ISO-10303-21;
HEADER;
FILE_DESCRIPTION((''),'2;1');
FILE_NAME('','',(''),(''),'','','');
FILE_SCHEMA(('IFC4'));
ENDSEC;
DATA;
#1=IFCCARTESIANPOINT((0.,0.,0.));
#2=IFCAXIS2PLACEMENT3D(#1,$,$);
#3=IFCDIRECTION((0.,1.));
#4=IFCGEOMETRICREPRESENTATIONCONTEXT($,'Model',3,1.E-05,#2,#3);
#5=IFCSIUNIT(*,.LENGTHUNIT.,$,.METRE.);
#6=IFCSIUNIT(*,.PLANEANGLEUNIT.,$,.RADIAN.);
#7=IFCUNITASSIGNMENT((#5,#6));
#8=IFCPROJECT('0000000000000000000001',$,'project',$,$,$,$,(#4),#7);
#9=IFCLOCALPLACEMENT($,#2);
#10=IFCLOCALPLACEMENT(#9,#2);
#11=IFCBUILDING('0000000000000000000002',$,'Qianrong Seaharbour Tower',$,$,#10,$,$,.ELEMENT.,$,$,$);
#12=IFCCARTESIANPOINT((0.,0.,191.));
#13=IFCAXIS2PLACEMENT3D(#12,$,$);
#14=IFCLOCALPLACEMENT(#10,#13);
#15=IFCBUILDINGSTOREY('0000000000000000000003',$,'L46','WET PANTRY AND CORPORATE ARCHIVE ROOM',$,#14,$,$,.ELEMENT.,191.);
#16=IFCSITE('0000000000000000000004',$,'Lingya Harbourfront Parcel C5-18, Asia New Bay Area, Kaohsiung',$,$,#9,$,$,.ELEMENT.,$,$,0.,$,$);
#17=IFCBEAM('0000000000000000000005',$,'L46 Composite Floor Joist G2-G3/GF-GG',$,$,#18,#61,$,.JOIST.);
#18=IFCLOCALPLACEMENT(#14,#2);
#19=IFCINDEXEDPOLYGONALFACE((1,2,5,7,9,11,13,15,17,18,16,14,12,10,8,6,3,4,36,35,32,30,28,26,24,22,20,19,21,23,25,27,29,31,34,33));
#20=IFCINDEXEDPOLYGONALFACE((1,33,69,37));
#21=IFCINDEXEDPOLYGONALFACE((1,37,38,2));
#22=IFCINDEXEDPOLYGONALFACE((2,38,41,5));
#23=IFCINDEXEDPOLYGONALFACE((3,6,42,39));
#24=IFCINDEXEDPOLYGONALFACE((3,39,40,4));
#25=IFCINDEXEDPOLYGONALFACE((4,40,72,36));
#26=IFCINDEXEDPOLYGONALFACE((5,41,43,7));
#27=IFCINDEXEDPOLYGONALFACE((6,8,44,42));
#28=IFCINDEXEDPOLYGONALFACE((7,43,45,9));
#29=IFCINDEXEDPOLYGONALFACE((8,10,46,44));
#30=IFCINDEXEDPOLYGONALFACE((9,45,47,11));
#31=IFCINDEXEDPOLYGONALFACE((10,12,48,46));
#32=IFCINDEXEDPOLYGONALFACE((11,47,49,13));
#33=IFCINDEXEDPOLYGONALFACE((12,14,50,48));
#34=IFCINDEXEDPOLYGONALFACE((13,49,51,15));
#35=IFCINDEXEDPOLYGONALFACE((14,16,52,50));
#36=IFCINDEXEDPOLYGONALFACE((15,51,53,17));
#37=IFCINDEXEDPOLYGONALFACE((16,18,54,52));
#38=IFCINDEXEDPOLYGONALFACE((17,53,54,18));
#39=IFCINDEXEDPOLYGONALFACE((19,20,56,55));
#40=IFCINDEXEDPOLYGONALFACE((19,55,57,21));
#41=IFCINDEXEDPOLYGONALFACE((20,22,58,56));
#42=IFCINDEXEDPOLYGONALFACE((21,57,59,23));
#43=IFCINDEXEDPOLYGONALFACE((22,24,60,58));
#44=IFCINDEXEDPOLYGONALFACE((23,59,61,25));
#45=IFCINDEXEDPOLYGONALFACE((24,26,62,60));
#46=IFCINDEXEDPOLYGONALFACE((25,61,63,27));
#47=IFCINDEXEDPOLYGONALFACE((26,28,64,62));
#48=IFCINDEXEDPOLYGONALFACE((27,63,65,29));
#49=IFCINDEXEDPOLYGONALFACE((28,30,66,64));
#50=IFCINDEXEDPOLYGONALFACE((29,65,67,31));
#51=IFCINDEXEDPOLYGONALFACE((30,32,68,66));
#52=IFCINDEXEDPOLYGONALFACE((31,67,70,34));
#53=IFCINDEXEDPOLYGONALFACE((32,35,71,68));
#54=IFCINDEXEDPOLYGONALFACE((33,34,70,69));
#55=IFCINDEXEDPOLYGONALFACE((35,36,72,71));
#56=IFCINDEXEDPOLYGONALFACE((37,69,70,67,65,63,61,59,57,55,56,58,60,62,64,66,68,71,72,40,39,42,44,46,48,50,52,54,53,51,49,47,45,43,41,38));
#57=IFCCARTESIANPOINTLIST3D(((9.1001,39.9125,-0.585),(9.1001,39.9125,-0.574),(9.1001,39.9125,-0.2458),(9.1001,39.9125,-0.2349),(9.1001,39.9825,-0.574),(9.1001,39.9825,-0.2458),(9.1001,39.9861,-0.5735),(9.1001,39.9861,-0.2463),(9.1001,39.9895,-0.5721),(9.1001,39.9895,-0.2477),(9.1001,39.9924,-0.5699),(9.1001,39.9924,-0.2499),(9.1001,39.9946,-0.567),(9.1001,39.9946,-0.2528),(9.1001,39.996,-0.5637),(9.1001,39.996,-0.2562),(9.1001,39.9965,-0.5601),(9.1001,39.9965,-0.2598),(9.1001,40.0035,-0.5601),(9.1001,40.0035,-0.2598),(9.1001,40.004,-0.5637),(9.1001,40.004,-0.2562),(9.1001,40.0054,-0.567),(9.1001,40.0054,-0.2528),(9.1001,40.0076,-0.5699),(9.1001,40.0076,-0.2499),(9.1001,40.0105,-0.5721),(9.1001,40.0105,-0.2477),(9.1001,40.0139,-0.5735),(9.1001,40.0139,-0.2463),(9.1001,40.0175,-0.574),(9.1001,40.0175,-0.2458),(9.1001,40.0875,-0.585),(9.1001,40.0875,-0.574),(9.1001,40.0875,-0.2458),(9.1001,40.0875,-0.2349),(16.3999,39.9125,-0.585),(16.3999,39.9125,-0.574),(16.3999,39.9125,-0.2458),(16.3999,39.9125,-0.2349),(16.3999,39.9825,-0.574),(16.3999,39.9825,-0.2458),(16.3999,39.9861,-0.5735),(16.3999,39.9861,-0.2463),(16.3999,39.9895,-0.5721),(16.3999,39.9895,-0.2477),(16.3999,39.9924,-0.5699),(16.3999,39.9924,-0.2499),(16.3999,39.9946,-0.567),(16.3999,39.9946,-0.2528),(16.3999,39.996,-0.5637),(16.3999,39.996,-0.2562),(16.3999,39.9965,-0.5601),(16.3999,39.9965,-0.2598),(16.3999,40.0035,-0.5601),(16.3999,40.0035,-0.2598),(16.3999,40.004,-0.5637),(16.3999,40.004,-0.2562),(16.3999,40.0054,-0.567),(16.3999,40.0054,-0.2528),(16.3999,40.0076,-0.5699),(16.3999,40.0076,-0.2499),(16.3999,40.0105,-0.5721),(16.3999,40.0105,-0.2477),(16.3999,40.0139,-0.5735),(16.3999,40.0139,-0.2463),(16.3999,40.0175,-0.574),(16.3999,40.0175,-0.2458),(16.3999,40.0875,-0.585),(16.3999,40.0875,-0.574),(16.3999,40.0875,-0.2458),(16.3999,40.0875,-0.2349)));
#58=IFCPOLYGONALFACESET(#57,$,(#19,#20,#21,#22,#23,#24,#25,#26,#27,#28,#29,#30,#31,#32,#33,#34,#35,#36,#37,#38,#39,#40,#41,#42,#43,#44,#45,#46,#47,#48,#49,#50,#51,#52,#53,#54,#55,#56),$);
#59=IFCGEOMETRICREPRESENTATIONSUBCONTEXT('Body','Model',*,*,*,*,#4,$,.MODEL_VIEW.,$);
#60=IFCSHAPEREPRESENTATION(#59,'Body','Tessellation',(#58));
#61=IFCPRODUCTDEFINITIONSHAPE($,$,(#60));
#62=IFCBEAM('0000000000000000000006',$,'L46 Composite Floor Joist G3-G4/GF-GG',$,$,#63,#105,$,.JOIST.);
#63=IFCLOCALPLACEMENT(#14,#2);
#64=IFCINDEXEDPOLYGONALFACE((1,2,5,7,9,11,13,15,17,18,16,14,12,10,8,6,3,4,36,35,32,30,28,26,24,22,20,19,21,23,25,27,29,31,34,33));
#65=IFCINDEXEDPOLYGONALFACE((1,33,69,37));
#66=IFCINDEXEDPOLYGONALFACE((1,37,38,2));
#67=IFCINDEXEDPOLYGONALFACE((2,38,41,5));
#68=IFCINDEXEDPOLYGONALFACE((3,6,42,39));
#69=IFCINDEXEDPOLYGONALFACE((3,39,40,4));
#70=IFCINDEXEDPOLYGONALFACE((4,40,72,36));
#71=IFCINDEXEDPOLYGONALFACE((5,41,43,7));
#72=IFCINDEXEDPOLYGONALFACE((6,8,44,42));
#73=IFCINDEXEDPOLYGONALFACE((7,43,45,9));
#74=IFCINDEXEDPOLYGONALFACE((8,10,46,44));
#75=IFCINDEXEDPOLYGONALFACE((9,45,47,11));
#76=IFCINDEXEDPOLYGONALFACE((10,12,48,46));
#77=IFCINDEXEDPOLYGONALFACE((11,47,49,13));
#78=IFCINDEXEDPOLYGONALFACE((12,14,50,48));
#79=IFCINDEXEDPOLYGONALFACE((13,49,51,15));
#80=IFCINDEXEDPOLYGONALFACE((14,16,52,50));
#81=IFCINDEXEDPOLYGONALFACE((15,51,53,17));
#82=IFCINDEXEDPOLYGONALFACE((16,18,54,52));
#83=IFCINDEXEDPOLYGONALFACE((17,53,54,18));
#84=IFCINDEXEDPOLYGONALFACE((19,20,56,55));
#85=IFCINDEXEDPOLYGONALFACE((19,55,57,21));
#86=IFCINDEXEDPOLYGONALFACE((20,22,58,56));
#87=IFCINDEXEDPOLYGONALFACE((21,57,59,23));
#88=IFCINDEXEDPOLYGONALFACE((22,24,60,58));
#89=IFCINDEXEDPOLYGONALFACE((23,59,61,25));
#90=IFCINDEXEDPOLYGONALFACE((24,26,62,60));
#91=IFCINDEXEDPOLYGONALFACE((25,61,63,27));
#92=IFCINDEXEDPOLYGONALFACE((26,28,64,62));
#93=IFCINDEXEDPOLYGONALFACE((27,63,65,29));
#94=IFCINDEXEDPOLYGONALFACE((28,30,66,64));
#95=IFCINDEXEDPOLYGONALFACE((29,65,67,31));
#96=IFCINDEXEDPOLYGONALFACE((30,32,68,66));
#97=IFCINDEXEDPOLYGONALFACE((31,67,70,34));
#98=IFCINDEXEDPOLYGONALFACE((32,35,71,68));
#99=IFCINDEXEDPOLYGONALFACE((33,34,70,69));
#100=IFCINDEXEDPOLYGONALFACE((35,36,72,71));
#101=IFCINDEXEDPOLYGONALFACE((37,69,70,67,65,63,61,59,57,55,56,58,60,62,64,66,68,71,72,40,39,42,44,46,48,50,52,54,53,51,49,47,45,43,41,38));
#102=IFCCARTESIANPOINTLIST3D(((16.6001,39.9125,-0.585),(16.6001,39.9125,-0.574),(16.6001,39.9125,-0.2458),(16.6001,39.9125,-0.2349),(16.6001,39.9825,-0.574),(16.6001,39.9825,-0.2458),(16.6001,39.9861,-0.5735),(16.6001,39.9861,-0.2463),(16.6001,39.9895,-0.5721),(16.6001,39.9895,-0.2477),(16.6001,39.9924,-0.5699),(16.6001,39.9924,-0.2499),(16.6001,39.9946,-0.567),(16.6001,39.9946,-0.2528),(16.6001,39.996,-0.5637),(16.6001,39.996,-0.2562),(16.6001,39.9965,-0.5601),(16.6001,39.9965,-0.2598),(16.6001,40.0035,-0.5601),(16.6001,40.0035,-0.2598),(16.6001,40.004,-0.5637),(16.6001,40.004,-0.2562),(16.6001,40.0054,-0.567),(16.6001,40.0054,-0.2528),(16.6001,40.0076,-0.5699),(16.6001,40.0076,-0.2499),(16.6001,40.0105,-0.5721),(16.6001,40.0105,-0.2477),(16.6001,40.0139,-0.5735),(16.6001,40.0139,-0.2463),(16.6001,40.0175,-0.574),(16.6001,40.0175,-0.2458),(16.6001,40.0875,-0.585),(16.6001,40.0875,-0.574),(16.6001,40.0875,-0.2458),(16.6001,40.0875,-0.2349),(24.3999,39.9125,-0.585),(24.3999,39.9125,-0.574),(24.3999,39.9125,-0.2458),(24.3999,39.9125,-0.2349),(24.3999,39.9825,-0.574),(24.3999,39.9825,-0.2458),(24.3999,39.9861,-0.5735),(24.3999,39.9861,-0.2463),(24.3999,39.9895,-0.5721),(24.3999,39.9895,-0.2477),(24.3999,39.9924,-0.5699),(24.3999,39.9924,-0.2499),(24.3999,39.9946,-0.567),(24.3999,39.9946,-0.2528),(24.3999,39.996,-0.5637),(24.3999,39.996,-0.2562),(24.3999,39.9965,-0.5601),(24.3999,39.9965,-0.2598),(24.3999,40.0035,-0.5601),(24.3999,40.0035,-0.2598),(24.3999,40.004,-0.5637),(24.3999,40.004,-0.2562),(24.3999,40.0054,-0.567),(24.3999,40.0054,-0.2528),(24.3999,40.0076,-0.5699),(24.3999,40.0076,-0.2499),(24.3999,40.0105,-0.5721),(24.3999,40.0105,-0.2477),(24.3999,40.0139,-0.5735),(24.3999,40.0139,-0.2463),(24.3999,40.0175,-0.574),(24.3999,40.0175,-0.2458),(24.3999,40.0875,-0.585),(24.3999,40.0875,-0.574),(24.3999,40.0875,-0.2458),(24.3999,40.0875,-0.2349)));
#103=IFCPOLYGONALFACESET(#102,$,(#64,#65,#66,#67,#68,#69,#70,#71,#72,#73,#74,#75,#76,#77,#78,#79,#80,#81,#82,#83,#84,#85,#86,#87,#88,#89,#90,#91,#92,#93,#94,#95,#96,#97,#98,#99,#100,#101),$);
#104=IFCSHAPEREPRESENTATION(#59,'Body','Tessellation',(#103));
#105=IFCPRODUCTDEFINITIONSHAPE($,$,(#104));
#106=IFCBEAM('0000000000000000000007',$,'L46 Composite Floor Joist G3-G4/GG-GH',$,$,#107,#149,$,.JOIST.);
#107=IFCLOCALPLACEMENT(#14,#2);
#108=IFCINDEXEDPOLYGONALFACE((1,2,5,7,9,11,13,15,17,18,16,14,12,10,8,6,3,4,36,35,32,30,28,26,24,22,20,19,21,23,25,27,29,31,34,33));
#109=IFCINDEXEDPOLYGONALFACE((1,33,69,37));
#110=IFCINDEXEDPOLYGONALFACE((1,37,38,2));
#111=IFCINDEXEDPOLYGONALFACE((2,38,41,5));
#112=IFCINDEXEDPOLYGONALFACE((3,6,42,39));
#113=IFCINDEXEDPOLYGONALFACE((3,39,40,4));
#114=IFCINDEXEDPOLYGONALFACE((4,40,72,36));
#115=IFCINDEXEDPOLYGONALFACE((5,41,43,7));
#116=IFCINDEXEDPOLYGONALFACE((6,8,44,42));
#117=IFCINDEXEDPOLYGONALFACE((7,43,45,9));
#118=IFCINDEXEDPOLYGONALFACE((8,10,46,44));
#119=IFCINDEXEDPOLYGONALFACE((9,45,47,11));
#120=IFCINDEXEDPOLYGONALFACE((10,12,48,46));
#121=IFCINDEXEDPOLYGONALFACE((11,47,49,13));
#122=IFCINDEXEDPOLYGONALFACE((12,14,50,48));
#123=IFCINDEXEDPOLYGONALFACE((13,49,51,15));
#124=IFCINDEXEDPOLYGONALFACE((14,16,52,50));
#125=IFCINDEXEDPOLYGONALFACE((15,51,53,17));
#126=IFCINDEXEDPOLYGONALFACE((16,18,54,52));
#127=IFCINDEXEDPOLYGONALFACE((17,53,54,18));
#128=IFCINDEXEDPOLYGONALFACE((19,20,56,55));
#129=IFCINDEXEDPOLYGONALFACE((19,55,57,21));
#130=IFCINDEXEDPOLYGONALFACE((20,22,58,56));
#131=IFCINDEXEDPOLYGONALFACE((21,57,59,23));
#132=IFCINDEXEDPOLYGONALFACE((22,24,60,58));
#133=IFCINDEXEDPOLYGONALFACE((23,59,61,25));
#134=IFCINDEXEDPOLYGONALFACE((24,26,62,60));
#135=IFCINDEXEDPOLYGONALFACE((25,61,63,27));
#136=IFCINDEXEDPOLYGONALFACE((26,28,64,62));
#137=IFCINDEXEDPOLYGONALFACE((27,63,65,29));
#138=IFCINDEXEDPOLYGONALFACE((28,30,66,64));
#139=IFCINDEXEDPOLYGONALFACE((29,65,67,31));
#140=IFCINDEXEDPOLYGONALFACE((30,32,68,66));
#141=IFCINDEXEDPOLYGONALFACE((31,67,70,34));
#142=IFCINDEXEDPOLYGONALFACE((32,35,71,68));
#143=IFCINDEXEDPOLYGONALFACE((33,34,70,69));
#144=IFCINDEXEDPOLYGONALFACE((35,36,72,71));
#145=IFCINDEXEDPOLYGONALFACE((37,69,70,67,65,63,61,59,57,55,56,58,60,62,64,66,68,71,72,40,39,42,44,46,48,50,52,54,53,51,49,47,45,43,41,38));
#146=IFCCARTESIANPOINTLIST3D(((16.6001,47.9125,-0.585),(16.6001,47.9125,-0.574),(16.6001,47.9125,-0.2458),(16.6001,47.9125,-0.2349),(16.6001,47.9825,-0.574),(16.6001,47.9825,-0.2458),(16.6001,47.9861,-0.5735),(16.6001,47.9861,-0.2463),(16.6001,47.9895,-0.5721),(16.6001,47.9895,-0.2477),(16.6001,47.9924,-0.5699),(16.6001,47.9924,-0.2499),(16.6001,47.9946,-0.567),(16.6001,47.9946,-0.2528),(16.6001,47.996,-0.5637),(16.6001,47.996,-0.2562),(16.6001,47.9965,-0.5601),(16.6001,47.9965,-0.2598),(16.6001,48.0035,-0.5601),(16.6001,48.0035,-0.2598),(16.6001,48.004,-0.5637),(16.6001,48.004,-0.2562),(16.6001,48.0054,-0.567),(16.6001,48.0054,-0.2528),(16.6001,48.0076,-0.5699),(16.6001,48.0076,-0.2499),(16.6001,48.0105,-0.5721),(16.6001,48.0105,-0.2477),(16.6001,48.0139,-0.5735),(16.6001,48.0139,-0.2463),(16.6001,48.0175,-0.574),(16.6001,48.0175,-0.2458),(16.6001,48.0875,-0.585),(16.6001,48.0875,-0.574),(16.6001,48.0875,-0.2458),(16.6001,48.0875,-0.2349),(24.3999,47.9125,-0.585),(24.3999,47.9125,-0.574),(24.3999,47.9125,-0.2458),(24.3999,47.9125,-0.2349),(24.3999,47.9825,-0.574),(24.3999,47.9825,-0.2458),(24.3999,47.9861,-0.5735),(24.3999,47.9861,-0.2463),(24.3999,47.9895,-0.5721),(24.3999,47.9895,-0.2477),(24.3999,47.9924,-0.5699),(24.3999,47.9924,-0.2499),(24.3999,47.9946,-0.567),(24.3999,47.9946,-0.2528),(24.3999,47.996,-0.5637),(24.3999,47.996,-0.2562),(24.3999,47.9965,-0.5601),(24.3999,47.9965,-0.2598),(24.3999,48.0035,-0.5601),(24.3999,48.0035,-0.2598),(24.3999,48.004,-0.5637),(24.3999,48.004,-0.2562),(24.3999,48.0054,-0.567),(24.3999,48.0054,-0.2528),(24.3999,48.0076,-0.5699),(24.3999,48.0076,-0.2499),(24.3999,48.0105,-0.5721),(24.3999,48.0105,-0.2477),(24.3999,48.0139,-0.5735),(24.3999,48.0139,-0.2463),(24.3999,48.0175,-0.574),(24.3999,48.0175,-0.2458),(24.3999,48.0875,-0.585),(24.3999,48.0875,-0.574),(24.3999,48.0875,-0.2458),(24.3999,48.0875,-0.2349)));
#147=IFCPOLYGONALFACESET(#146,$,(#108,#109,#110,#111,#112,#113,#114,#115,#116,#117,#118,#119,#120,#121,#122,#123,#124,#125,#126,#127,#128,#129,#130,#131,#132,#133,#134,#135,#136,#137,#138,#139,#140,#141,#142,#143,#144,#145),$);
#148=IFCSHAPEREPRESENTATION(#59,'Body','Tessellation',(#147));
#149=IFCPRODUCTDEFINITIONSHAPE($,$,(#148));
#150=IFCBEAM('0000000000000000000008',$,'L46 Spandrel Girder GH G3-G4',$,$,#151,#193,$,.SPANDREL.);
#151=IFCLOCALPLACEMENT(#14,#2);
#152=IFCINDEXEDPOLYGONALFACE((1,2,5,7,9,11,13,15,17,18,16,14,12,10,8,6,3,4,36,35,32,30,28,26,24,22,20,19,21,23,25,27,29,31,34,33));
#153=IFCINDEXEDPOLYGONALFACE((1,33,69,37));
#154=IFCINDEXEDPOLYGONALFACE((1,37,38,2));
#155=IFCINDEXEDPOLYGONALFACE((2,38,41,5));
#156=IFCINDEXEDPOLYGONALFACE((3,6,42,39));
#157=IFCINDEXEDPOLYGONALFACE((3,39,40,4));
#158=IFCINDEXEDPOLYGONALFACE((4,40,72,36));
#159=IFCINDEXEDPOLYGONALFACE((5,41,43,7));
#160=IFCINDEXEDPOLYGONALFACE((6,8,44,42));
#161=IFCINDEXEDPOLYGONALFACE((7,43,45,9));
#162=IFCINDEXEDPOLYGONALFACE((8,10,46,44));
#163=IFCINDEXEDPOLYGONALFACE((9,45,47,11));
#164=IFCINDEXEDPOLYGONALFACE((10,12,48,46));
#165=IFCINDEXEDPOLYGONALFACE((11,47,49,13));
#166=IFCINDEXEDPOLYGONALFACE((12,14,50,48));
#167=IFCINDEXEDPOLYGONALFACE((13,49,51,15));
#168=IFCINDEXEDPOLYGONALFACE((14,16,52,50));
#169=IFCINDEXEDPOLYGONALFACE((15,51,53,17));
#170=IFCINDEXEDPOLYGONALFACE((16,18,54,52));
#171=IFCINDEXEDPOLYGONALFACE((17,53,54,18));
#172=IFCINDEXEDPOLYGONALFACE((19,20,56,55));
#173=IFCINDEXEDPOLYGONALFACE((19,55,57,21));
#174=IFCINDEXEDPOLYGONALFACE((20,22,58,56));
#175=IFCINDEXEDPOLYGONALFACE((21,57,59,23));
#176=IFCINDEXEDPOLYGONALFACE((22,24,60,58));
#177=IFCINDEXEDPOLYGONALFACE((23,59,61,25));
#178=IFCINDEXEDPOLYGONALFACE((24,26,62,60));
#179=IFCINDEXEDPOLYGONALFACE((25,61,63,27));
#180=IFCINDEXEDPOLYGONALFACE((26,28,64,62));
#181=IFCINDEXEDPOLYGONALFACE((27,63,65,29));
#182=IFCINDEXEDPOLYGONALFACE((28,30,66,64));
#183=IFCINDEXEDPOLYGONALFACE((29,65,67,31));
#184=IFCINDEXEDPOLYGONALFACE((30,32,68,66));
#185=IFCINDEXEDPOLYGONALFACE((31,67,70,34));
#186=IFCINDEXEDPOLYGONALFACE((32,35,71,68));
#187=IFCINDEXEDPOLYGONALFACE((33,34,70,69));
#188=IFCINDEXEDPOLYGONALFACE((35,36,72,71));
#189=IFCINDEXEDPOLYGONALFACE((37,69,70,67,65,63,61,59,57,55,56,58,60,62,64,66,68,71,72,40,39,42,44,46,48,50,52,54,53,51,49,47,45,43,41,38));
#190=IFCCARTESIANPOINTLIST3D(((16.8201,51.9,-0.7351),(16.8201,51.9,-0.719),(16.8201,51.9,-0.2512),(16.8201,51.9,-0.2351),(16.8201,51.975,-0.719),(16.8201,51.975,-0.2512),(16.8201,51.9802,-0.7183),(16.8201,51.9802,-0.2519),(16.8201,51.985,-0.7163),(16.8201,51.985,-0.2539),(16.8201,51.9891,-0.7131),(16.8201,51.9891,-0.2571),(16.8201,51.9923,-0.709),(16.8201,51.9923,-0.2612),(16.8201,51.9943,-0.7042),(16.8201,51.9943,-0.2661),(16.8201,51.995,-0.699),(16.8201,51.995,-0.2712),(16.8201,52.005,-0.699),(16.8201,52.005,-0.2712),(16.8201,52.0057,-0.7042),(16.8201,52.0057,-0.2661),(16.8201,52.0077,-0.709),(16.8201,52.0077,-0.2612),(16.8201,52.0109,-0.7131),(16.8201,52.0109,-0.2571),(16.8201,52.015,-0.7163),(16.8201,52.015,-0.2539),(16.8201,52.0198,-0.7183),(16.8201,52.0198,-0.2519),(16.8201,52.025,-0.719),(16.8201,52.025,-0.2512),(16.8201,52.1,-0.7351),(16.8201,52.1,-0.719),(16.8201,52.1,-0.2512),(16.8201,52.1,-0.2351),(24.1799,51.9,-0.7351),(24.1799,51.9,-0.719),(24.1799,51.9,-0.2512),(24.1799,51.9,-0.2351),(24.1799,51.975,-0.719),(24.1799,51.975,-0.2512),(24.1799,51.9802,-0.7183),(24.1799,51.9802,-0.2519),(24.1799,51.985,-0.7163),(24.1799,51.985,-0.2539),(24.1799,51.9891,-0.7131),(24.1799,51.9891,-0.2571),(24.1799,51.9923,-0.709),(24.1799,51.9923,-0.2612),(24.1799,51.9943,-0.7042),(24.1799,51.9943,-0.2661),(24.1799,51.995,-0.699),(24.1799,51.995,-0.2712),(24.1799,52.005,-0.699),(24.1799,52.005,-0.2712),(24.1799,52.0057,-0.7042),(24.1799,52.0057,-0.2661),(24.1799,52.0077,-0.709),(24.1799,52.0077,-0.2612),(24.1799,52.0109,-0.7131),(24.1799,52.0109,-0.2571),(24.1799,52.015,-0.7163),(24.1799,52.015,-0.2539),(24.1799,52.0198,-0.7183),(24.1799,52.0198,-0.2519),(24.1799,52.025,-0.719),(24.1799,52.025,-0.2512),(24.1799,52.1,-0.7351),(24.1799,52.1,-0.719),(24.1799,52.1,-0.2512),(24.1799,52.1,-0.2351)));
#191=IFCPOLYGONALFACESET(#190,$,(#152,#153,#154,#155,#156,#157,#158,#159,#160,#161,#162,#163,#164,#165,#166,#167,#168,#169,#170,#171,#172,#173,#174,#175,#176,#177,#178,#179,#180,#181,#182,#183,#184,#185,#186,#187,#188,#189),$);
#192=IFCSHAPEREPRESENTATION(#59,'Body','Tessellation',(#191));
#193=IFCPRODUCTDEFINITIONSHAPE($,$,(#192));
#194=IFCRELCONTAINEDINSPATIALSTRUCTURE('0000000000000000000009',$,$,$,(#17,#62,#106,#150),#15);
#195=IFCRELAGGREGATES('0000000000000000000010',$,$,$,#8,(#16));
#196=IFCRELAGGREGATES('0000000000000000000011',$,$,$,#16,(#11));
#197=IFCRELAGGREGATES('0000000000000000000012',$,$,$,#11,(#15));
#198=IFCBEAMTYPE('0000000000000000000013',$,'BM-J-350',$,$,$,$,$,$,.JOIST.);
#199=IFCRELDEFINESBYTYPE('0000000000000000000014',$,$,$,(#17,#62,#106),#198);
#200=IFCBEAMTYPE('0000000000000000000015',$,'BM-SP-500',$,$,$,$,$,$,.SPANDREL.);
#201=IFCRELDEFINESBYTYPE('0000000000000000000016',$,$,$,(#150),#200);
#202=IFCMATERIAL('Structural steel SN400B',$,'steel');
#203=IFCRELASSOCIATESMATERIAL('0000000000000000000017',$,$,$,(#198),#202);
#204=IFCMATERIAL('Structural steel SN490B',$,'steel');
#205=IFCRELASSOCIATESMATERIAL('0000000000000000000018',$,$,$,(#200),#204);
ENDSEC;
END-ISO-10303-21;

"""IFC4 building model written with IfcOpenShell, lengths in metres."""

from ifc_helpers import new_model, si_unit, direction, frame, origin, origin_2d, place, context, subcontext, project, spatial, i_section, extrude, material, material_profile, profile_set, type_object, element, save


model = new_model("IFC4")

# Units and contexts
model_context = context("Model", 3, precision=1e-05, world=origin(), true_north=direction((0.0, 1.0)))
body_context = subcontext(model_context, "Body", "Model", "MODEL_VIEW")
ifc_project = project(units=[si_unit("LENGTHUNIT", "METRE"), si_unit("PLANEANGLEUNIT", "RADIAN")], contexts=[model_context])

# Site, building, storey
site_placement = place(None, origin())
site = spatial("IfcSite", under=ifc_project, at=site_placement, Name="Lingya Harbourfront Parcel C5-18, Asia New Bay Area, Kaohsiung", CompositionType="ELEMENT", RefElevation=0.0)
building_placement = place(site_placement, origin())
building = spatial("IfcBuilding", under=site, at=building_placement, Name="Qianrong Seaharbour Tower", CompositionType="ELEMENT")
storey_placement = place(building_placement, frame((0.0, 0.0, 191.0)))
storey = spatial("IfcBuildingStorey", under=building, at=storey_placement, Name="L46", Description="WET PANTRY AND CORPORATE ARCHIVE ROOM", CompositionType="ELEMENT", Elevation=191.0)

# Shared definitions
ifc_material_1 = material(Name="Structural steel SN490B", Category="steel")

# Beams
ifc_material_2 = material(Name="Structural steel SN400B", Category="steel")
ifc_material_profile_1 = material_profile(ifc_material_2, i_section(OverallWidth=0.175, OverallDepth=0.3501, WebThickness=0.0071, FlangeThickness=0.011, FilletRadius=0.0139, at=origin_2d()), Name="H350x175x7x11")
ifc_profile_set_1 = profile_set([ifc_material_profile_1], Name="Structural steel SN400B")
beam_type_1 = type_object("IfcBeamType", Name="BM-J-350", PredefinedType="JOIST", material=ifc_profile_set_1)
beam_1_placement = place(storey_placement, frame((9.1001, 40.0, -0.4099), z_axis=(1.0, 0.0, 0.0), x_axis=(0.0, 1.0, 0.0)))
element("IfcBeam", 1, at=beam_1_placement, inside=storey, type_object=beam_type_1, Name="L46 Composite Floor Joist G2-G3/GF-GG", PredefinedType="JOIST", context=body_context, shape_type="SweptSolid", body=[
    extrude(i_section(OverallWidth=0.175, OverallDepth=0.3501, WebThickness=0.0071, FlangeThickness=0.011, FilletRadius=0.0139, at=origin_2d()), origin(), (0.0, 0.0, 1.0), 7.2998),
])
for number, where, z_axis, x_axis, name in (
    (2, (16.6001, 40.0, -0.4099), (1.0, 0.0, 0.0), (0.0, 1.0, 0.0), "L46 Composite Floor Joist G3-G4/GF-GG"),
    (3, (16.6001, 48.0, -0.4099), (1.0, 0.0, 0.0), (0.0, 1.0, 0.0), "L46 Composite Floor Joist G3-G4/GG-GH"),
):
    element("IfcBeam", number, at=place(storey_placement, frame(where, z_axis=z_axis, x_axis=x_axis)), inside=storey, type_object=beam_type_1, Name=name, PredefinedType="JOIST", context=body_context, shape_type="SweptSolid", body=[
        extrude(i_section(OverallWidth=0.175, OverallDepth=0.3501, WebThickness=0.0071, FlangeThickness=0.011, FilletRadius=0.0139, at=origin_2d()), origin(), (0.0, 0.0, 1.0), 7.7998),
    ])
ifc_material_profile_2 = material_profile(ifc_material_1, i_section(OverallWidth=0.2, OverallDepth=0.5, WebThickness=0.01, FlangeThickness=0.0161, FilletRadius=0.02, at=origin_2d()), Name="H500x200x10x16")
ifc_profile_set_2 = profile_set([ifc_material_profile_2], Name="Structural steel SN490B")
beam_type_2 = type_object("IfcBeamType", Name="BM-SP-500", PredefinedType="SPANDREL", material=ifc_profile_set_2)
for number, where, z_axis, x_axis, name in (
    (4, (16.8201, 52.0, -0.4851), (1.0, 0.0, 0.0), (0.0, 1.0, 0.0), "L46 Spandrel Girder GH G3-G4"),
):
    element("IfcBeam", number, at=place(storey_placement, frame(where, z_axis=z_axis, x_axis=x_axis)), inside=storey, type_object=beam_type_2, Name=name, PredefinedType="SPANDREL", context=body_context, shape_type="SweptSolid", body=[
        extrude(i_section(OverallWidth=0.2, OverallDepth=0.5, WebThickness=0.01, FlangeThickness=0.0161, FilletRadius=0.02, at=origin_2d()), origin(), (0.0, 0.0, 1.0), 7.3599),
    ])

save(model, "model.ifc")
